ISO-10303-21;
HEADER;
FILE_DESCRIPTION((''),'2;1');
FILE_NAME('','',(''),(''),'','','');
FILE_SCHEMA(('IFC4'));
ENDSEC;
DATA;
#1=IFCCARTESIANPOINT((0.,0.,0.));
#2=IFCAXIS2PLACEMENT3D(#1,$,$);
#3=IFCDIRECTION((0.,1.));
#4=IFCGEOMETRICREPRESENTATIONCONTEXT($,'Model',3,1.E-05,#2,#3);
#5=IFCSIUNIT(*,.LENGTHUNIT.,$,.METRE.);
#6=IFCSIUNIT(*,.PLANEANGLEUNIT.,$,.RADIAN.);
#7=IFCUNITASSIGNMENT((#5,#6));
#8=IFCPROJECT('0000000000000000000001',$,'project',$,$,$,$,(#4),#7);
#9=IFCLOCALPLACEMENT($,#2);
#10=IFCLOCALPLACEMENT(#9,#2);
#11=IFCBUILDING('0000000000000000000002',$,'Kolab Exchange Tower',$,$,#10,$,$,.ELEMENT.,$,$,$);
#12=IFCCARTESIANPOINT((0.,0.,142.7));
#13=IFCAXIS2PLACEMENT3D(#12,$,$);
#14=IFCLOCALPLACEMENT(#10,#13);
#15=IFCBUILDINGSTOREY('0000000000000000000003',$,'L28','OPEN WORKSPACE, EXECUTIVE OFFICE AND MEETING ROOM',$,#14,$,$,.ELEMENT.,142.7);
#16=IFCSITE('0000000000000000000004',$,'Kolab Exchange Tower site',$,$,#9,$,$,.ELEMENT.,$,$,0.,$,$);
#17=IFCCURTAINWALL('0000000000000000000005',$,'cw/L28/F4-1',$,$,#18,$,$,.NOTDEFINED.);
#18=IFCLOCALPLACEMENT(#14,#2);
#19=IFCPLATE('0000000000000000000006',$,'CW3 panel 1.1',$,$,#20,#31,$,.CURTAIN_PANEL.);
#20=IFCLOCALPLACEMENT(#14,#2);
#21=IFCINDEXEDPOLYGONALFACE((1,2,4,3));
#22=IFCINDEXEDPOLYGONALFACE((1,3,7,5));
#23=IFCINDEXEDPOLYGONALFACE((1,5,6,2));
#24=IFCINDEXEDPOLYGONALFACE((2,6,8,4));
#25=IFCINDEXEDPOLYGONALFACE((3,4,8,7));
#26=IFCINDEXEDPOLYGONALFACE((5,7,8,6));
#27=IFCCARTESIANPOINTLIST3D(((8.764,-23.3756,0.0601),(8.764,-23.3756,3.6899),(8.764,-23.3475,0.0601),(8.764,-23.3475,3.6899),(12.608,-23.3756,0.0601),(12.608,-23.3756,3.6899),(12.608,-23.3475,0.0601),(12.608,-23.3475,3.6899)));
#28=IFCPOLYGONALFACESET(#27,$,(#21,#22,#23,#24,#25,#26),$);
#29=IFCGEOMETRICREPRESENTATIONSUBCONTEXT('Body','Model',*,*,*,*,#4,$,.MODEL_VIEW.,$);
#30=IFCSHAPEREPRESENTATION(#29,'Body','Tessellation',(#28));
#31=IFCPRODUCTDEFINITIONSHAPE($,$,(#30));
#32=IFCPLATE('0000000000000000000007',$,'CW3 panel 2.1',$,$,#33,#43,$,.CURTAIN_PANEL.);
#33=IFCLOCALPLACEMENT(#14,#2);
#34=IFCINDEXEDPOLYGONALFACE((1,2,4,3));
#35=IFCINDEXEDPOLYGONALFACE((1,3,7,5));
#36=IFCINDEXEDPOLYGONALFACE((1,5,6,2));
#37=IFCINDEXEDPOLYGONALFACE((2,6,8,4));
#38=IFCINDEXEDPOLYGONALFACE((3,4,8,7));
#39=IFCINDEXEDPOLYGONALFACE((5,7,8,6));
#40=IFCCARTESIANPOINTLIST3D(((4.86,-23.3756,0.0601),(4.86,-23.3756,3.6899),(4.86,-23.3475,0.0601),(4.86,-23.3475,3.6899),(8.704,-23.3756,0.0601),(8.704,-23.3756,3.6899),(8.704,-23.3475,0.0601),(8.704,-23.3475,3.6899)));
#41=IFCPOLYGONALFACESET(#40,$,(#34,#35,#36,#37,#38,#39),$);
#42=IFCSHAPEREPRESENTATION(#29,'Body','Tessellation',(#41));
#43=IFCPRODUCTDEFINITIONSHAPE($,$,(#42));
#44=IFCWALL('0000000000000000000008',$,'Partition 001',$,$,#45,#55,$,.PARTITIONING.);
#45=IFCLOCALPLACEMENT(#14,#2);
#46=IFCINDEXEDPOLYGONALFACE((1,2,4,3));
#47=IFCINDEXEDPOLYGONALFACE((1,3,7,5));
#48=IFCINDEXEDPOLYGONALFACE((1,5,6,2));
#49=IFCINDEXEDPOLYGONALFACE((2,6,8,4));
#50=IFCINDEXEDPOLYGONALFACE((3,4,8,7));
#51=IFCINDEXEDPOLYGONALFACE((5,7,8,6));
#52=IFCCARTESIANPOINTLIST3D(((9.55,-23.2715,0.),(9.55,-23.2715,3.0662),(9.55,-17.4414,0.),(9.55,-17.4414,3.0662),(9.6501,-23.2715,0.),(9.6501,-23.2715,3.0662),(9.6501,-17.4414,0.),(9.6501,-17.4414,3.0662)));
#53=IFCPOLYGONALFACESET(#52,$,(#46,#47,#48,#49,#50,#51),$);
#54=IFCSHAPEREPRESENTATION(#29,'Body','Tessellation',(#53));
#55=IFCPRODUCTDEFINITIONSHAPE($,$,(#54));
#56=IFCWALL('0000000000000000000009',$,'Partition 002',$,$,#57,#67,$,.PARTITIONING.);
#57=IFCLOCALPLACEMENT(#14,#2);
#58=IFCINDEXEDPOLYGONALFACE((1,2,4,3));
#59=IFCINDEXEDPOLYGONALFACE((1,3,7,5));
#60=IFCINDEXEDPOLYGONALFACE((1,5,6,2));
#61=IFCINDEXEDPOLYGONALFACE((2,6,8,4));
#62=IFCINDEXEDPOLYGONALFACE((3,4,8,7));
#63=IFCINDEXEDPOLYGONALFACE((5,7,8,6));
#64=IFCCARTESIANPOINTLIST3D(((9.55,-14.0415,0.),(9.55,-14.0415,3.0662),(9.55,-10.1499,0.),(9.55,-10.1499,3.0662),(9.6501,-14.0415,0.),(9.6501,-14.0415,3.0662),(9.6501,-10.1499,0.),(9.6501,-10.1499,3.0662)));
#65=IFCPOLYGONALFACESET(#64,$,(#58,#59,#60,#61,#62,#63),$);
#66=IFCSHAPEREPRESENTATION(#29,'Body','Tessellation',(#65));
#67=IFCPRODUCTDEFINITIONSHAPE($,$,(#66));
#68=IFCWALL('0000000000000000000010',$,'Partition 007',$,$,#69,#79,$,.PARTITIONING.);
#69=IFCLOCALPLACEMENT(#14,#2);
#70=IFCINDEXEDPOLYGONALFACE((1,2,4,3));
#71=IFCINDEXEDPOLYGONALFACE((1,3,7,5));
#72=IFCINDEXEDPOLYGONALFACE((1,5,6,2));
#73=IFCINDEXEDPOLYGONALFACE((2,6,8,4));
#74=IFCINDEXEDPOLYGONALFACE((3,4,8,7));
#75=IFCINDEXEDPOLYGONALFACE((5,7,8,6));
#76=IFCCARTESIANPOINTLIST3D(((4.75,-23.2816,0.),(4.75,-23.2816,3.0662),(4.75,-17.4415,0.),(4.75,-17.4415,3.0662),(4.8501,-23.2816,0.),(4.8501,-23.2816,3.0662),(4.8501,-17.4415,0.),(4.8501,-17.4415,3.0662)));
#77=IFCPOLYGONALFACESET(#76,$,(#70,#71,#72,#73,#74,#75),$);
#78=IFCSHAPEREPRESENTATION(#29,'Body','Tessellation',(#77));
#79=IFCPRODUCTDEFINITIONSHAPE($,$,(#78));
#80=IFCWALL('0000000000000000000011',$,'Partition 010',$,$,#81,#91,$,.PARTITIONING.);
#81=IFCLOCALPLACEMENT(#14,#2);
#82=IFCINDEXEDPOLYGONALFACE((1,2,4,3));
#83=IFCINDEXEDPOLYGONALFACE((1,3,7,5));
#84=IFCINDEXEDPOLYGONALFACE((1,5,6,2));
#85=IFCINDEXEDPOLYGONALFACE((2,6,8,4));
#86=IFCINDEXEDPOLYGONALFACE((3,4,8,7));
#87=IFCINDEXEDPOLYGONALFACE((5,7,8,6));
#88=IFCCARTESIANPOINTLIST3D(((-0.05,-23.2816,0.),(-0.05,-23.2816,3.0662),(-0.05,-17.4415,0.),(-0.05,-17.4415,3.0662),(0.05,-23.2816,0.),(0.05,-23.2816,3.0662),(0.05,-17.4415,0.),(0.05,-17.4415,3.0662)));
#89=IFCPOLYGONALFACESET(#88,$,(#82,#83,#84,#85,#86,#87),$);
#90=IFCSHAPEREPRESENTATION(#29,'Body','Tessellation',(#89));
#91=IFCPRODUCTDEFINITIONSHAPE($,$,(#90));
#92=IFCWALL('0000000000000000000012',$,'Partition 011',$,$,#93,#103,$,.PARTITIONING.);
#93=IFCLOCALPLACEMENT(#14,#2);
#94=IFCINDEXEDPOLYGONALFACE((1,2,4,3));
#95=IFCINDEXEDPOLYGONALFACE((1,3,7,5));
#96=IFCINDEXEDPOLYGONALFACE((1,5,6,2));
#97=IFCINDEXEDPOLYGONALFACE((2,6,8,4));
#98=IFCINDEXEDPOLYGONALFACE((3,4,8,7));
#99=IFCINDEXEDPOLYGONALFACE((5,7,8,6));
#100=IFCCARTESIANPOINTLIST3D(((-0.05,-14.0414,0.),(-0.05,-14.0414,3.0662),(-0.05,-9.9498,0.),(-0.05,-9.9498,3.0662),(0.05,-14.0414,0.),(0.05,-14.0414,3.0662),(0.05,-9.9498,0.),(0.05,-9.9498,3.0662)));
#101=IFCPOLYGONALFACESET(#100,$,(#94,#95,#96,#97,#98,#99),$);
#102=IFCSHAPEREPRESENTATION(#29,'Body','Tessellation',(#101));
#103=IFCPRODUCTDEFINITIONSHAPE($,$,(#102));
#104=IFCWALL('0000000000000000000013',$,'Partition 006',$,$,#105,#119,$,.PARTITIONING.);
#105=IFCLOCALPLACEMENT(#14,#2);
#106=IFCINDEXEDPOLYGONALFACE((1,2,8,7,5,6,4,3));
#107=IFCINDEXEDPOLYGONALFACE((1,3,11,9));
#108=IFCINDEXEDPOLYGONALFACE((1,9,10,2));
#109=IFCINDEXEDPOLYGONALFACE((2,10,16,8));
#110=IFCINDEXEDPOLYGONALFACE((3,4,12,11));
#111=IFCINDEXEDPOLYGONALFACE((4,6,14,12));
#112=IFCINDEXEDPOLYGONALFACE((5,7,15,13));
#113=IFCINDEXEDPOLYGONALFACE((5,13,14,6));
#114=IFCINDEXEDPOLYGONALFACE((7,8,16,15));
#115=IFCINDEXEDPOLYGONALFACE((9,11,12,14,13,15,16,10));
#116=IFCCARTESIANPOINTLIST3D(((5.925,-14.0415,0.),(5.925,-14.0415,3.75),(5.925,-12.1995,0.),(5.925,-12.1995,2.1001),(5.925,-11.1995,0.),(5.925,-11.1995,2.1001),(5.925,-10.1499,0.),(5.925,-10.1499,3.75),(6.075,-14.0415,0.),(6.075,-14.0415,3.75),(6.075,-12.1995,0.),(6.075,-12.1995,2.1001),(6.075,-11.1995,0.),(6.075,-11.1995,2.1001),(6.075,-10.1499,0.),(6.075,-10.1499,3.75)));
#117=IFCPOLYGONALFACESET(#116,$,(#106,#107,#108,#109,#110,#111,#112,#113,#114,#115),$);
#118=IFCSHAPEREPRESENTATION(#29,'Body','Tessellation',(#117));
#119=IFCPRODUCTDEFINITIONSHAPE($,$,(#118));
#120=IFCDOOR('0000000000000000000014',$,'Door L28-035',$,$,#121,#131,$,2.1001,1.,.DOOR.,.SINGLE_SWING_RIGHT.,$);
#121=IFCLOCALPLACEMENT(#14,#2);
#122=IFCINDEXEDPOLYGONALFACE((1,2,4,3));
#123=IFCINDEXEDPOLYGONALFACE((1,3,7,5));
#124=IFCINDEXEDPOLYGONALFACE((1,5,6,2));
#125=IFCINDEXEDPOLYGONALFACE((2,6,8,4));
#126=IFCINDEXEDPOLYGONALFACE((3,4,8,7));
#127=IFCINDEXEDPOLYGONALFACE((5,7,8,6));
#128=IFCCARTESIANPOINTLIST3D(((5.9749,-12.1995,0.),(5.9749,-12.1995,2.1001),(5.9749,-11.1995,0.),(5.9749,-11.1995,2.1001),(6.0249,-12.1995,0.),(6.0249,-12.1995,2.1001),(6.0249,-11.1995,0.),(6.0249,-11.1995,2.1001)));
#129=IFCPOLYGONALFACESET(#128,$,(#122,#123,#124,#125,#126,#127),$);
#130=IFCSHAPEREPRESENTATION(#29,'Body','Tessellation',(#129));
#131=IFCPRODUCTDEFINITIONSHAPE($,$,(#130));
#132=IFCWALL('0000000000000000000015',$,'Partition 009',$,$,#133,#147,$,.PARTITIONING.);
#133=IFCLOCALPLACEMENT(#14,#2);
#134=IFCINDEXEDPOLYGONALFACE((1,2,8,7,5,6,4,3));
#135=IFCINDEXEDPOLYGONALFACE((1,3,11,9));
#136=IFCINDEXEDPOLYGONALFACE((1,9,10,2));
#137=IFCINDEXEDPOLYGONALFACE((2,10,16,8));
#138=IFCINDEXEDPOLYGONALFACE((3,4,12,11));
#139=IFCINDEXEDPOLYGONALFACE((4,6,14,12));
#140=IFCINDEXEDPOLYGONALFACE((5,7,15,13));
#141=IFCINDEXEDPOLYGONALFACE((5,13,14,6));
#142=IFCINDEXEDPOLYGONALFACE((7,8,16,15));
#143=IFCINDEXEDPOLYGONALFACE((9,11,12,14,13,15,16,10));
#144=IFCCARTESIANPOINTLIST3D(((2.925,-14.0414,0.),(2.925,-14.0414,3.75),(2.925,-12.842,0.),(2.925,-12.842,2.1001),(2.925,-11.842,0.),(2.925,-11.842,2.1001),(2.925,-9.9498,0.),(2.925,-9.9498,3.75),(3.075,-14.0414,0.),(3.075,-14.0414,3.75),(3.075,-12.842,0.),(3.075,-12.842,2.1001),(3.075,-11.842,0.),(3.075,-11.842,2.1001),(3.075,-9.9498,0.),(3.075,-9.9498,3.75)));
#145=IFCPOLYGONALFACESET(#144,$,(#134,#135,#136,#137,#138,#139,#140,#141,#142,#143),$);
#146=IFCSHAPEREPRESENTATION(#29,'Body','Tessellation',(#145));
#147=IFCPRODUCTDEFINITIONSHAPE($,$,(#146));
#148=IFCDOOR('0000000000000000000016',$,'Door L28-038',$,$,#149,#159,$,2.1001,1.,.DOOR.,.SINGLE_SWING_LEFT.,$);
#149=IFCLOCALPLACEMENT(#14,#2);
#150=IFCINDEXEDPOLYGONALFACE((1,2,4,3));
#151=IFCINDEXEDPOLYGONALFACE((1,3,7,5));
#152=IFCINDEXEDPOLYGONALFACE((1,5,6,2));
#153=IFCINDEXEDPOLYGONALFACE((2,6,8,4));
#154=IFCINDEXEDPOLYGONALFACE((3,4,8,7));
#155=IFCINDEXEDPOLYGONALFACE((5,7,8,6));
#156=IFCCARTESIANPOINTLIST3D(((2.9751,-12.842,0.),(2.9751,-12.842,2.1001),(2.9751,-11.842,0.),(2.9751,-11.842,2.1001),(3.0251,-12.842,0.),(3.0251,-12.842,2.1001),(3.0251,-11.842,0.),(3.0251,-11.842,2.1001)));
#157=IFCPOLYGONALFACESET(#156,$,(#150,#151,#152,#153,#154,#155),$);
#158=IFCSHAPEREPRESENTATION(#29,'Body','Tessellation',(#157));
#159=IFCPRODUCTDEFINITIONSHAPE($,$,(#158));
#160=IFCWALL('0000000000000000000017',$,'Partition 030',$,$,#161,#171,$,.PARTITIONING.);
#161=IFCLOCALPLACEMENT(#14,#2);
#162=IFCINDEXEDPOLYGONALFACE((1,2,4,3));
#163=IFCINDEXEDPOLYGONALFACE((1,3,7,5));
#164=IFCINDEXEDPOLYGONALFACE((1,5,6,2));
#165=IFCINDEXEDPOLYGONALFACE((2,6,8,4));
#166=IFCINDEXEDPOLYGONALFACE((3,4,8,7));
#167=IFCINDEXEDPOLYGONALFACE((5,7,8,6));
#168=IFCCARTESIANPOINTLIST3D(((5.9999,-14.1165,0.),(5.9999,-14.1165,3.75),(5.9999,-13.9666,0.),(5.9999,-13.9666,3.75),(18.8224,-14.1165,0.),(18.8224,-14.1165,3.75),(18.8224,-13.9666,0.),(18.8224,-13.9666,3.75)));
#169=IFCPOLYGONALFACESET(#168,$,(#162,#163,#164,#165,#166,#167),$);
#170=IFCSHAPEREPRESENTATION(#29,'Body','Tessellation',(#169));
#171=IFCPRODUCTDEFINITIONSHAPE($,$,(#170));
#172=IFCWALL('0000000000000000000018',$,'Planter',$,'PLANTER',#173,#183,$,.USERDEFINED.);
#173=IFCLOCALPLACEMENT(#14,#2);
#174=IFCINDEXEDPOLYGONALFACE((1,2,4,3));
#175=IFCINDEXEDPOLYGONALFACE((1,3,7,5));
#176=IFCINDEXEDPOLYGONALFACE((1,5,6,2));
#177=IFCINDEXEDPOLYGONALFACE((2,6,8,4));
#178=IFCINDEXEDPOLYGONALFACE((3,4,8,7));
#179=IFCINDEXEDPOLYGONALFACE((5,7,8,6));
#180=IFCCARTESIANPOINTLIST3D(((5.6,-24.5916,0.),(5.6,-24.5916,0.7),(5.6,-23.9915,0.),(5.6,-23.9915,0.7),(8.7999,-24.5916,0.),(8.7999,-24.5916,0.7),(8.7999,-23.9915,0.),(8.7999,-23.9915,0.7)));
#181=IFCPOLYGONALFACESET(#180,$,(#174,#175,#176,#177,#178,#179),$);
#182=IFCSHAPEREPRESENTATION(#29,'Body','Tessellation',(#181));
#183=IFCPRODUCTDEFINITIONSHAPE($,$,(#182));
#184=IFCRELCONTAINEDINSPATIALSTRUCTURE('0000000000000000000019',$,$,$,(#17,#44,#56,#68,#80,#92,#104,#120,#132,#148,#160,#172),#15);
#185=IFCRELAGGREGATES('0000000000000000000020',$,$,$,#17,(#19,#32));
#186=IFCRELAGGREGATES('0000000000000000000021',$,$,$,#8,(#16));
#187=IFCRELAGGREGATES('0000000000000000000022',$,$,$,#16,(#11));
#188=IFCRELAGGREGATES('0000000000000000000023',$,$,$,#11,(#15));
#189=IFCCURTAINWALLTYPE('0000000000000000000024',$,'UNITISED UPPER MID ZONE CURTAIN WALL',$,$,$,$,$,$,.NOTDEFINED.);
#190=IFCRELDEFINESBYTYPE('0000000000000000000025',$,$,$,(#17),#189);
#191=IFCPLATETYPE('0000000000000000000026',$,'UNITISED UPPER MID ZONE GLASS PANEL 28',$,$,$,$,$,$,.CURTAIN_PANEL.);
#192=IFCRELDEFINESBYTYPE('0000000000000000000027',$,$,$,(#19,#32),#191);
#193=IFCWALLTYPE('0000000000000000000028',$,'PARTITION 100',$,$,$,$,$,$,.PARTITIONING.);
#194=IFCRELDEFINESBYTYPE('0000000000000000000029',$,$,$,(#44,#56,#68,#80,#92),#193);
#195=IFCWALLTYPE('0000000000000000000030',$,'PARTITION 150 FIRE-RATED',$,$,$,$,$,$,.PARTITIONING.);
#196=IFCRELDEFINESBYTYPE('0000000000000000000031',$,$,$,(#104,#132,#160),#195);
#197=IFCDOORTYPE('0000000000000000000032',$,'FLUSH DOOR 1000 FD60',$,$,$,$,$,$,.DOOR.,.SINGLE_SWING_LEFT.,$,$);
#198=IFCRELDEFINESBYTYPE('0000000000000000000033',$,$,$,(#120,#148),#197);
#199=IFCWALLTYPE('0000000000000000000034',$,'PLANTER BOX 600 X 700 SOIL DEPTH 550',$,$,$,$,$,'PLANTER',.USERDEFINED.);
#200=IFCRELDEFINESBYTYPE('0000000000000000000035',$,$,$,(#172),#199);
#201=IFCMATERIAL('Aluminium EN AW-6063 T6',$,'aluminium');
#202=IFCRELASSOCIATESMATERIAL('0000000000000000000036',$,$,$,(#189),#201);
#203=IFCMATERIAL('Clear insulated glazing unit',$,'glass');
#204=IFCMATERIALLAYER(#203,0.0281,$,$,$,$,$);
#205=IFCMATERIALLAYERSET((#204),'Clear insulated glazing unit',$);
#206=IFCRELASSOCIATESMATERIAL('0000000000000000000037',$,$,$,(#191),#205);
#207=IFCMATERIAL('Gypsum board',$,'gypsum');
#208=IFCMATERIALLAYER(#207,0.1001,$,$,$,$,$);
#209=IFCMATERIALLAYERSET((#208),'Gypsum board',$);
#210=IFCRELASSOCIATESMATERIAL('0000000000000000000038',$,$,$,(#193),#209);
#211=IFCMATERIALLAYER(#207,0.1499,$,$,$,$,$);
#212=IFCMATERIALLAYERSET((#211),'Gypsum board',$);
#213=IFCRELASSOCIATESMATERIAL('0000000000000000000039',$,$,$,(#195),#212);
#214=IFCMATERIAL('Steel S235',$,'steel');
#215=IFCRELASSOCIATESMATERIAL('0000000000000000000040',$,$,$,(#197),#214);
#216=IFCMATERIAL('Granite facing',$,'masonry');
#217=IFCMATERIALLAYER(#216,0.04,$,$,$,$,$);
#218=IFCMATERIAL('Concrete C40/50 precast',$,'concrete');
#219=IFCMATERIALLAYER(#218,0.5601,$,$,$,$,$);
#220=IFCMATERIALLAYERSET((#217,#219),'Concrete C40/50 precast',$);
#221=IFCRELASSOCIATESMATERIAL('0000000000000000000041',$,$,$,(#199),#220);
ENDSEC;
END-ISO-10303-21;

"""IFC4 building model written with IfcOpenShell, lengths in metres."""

from ifc_helpers import new_model, si_unit, direction, frame, frame_2d, origin, origin_2d, place, context, subcontext, project, spatial, rectangle, extrude, material, layer, layer_set, type_object, element, fill, aggregate, save


model = new_model("IFC4")

# Units and contexts
model_context = context("Model", 3, precision=1e-05, world=origin(), true_north=direction((0.0, 1.0)))
body_context = subcontext(model_context, "Body", "Model", "MODEL_VIEW")
ifc_project = project(units=[si_unit("LENGTHUNIT", "METRE"), si_unit("PLANEANGLEUNIT", "RADIAN")], contexts=[model_context])

# Site, building, storey
site_placement = place(None, origin())
site = spatial("IfcSite", under=ifc_project, at=site_placement, Name="Kolab Exchange Tower site", CompositionType="ELEMENT", RefElevation=0.0)
building_placement = place(site_placement, origin())
building = spatial("IfcBuilding", under=site, at=building_placement, Name="Kolab Exchange Tower", CompositionType="ELEMENT")
storey_placement = place(building_placement, frame((0.0, 0.0, 142.7)))
storey = spatial("IfcBuildingStorey", under=building, at=storey_placement, Name="L28", Description="OPEN WORKSPACE, EXECUTIVE OFFICE AND MEETING ROOM", CompositionType="ELEMENT", Elevation=142.7)

# Curtain wall, plates
ifc_material_1 = material(Name="Aluminium EN AW-6063 T6", Category="aluminium")
curtain_wall_type = type_object("IfcCurtainWallType", Name="UNITISED UPPER MID ZONE CURTAIN WALL", PredefinedType="NOTDEFINED", material=ifc_material_1)
curtain_wall_placement = place(storey_placement, origin())
curtain_wall = element("IfcCurtainWall", 1, at=curtain_wall_placement, inside=storey, type_object=curtain_wall_type, Name="cw/L28/F4-1", PredefinedType="NOTDEFINED")
ifc_material_2 = material(Name="Clear insulated glazing unit", Category="glass")
ifc_layer_1 = layer(ifc_material_2, 0.0281)
ifc_layer_set_1 = layer_set([ifc_layer_1], Name="Clear insulated glazing unit")
plate_type = type_object("IfcPlateType", Name="UNITISED UPPER MID ZONE GLASS PANEL 28", PredefinedType="CURTAIN_PANEL", material=ifc_layer_set_1)
plate_1_placement = place(storey_placement, frame((10.686, -23.3616, 0.0601), z_axis=(0.0, 0.0, 1.0), x_axis=(-1.0, 0.0, 0.0)))
plate_1 = element("IfcPlate", 2, at=plate_1_placement, type_object=plate_type, Name="CW3 panel 1.1", PredefinedType="CURTAIN_PANEL", context=body_context, shape_type="SweptSolid", body=[
    extrude(rectangle(XDim=3.844, YDim=0.0281, at=origin_2d()), origin(), (0.0, 0.0, 1.0), 3.6299),
])
plate_2_placement = place(storey_placement, frame((6.782, -23.3616, 0.0601), z_axis=(0.0, 0.0, 1.0), x_axis=(-1.0, 0.0, 0.0)))
plate_2 = element("IfcPlate", 3, at=plate_2_placement, type_object=plate_type, Name="CW3 panel 2.1", PredefinedType="CURTAIN_PANEL", context=body_context, shape_type="SweptSolid", body=[
    extrude(rectangle(XDim=3.844, YDim=0.0281, at=origin_2d()), origin(), (0.0, 0.0, 1.0), 3.6299),
])
aggregate(curtain_wall, [plate_1, plate_2])

# Walls
ifc_material_3 = material(Name="Gypsum board", Category="gypsum")
ifc_layer_2 = layer(ifc_material_3, 0.1001)
ifc_layer_set_2 = layer_set([ifc_layer_2], Name="Gypsum board")
wall_type_1 = type_object("IfcWallType", Name="PARTITION 100", PredefinedType="PARTITIONING", material=ifc_layer_set_2)
wall_1_placement = place(storey_placement, frame((9.6001, -23.2715, 0.0), z_axis=(0.0, 0.0, 1.0), x_axis=(0.0, 1.0, 0.0)))
element("IfcWall", 4, at=wall_1_placement, inside=storey, type_object=wall_type_1, Name="Partition 001", PredefinedType="PARTITIONING", context=body_context, shape_type="SweptSolid", body=[
    extrude(rectangle(XDim=5.8301, YDim=0.1001, at=frame_2d((2.915, 0.0))), origin(), (0.0, 0.0, 1.0), 3.0662),
])
wall_2_placement = place(storey_placement, frame((9.6001, -14.0415, 0.0), z_axis=(0.0, 0.0, 1.0), x_axis=(0.0, 1.0, 0.0)))
element("IfcWall", 5, at=wall_2_placement, inside=storey, type_object=wall_type_1, Name="Partition 002", PredefinedType="PARTITIONING", context=body_context, shape_type="SweptSolid", body=[
    extrude(rectangle(XDim=3.8916, YDim=0.1001, at=frame_2d((1.9458, 0.0))), origin(), (0.0, 0.0, 1.0), 3.0662),
])
for number, where, z_axis, x_axis, name in (
    (6, (4.8, -23.2815, 0.0), (0.0, 0.0, 1.0), (0.0, 1.0, 0.0), "Partition 007"),
    (7, (0.0, -23.2815, 0.0), (0.0, 0.0, 1.0), (0.0, 1.0, 0.0), "Partition 010"),
):
    element("IfcWall", number, at=place(storey_placement, frame(where, z_axis=z_axis, x_axis=x_axis)), inside=storey, type_object=wall_type_1, Name=name, PredefinedType="PARTITIONING", context=body_context, shape_type="SweptSolid", body=[
        extrude(rectangle(XDim=5.8401, YDim=0.1001, at=frame_2d((2.9199, 0.0))), origin(), (0.0, 0.0, 1.0), 3.0662),
    ])
wall_3_placement = place(storey_placement, frame((0.0, -14.0415, 0.0), z_axis=(0.0, 0.0, 1.0), x_axis=(0.0, 1.0, 0.0)))
element("IfcWall", 8, at=wall_3_placement, inside=storey, type_object=wall_type_1, Name="Partition 011", PredefinedType="PARTITIONING", context=body_context, shape_type="SweptSolid", body=[
    extrude(rectangle(XDim=4.0916, YDim=0.1001, at=frame_2d((2.0459, 0.0))), origin(), (0.0, 0.0, 1.0), 3.0662),
])

# Walls, openings, doors
ifc_layer_3 = layer(ifc_material_3, 0.1499)
ifc_layer_set_3 = layer_set([ifc_layer_3], Name="Gypsum board")
wall_type_2 = type_object("IfcWallType", Name="PARTITION 150 FIRE-RATED", PredefinedType="PARTITIONING", material=ifc_layer_set_3)
wall_4_placement = place(storey_placement, frame((6.0, -14.0415, 0.0), z_axis=(0.0, 0.0, 1.0), x_axis=(0.0, 1.0, 0.0)))
wall_4 = element("IfcWall", 9, at=wall_4_placement, inside=storey, type_object=wall_type_2, Name="Partition 006", PredefinedType="PARTITIONING", context=body_context, shape_type="SweptSolid", body=[
    extrude(rectangle(XDim=3.8916, YDim=0.1499, at=frame_2d((1.9458, 0.0))), origin(), (0.0, 0.0, 1.0), 3.75),
])
opening_1_placement = place(wall_4_placement, frame((1.842, 0.0, 0.0)))
opening_1 = element("IfcOpeningElement", 10, at=opening_1_placement, cuts=wall_4, PredefinedType="OPENING", context=body_context, shape_type="SweptSolid", body=[
    extrude(rectangle(XDim=1.0, YDim=2.1001, at=frame_2d((0.5, 1.05))), frame((0.0, 0.085, 0.0), z_axis=(0.0, -1.0, 0.0), x_axis=(1.0, 0.0, 0.0)), (0.0, 0.0, 1.0), 0.1699),
])
ifc_material_4 = material(Name="Steel S235", Category="steel")
door_type_1 = type_object("IfcDoorType", Name="FLUSH DOOR 1000 FD60", OperationType="SINGLE_SWING_LEFT", PredefinedType="DOOR", material=ifc_material_4)
door_1_placement = place(opening_1_placement, frame((1.0, 0.0, 0.0), z_axis=(0.0, 0.0, 1.0), x_axis=(-1.0, 0.0, 0.0)))
door_1 = element("IfcDoor", 11, at=door_1_placement, inside=storey, type_object=door_type_1, Name="Door L28-035", OperationType="SINGLE_SWING_RIGHT", OverallHeight=2.1001, OverallWidth=1.0, PredefinedType="DOOR", context=body_context, shape_type="SweptSolid", body=[
    extrude(rectangle(XDim=1.0, YDim=2.1001, at=frame_2d((0.5, 1.05))), frame((0.0, 0.0249, 0.0), z_axis=(0.0, -1.0, 0.0), x_axis=(1.0, 0.0, 0.0)), (0.0, 0.0, 1.0), 0.05),
])
fill(opening_1, door_1)
wall_5_placement = place(storey_placement, frame((3.0, -14.0415, 0.0), z_axis=(0.0, 0.0, 1.0), x_axis=(0.0, 1.0, 0.0)))
wall_5 = element("IfcWall", 12, at=wall_5_placement, inside=storey, type_object=wall_type_2, Name="Partition 009", PredefinedType="PARTITIONING", context=body_context, shape_type="SweptSolid", body=[
    extrude(rectangle(XDim=4.0916, YDim=0.1499, at=frame_2d((2.0459, 0.0))), origin(), (0.0, 0.0, 1.0), 3.75),
])
opening_2_placement = place(wall_5_placement, frame((1.1995, 0.0, 0.0)))
opening_2 = element("IfcOpeningElement", 13, at=opening_2_placement, cuts=wall_5, PredefinedType="OPENING", context=body_context, shape_type="SweptSolid", body=[
    extrude(rectangle(XDim=1.0, YDim=2.1001, at=frame_2d((0.5, 1.05))), frame((0.0, 0.085, 0.0), z_axis=(0.0, -1.0, 0.0), x_axis=(1.0, 0.0, 0.0)), (0.0, 0.0, 1.0), 0.1699),
])
door_2_placement = place(opening_2_placement, origin())
door_2 = element("IfcDoor", 14, at=door_2_placement, inside=storey, type_object=door_type_1, Name="Door L28-038", OperationType="SINGLE_SWING_LEFT", OverallHeight=2.1001, OverallWidth=1.0, PredefinedType="DOOR", context=body_context, shape_type="SweptSolid", body=[
    extrude(rectangle(XDim=1.0, YDim=2.1001, at=frame_2d((0.5, 1.05))), frame((0.0, 0.0249, 0.0), z_axis=(0.0, -1.0, 0.0), x_axis=(1.0, 0.0, 0.0)), (0.0, 0.0, 1.0), 0.05),
])
fill(opening_2, door_2)

# Walls
wall_6_placement = place(storey_placement, frame((6.0, -14.0415, 0.0), z_axis=(0.0, 0.0, 1.0), x_axis=(1.0, 0.0, 0.0)))
element("IfcWall", 15, at=wall_6_placement, inside=storey, type_object=wall_type_2, Name="Partition 030", PredefinedType="PARTITIONING", context=body_context, shape_type="SweptSolid", body=[
    extrude(rectangle(XDim=12.8225, YDim=0.1499, at=frame_2d((6.4111, 0.0))), origin(), (0.0, 0.0, 1.0), 3.75),
])
ifc_material_5 = material(Name="Granite facing", Category="masonry")
ifc_layer_4 = layer(ifc_material_5, 0.04)
ifc_material_6 = material(Name="Concrete C40/50 precast", Category="concrete")
ifc_layer_5 = layer(ifc_material_6, 0.5601)
ifc_layer_set_4 = layer_set([ifc_layer_4, ifc_layer_5], Name="Concrete C40/50 precast")
wall_type_3 = type_object("IfcWallType", Name="PLANTER BOX 600 X 700 SOIL DEPTH 550", ElementType="PLANTER", PredefinedType="USERDEFINED", material=ifc_layer_set_4)
wall_7_placement = place(storey_placement, frame((8.8, -24.2915, 0.0), z_axis=(0.0, 0.0, 1.0), x_axis=(-1.0, 0.0, 0.0)))
element("IfcWall", 16, at=wall_7_placement, inside=storey, type_object=wall_type_3, Name="Planter", ObjectType="PLANTER", PredefinedType="USERDEFINED", context=body_context, shape_type="SweptSolid", body=[
    extrude(rectangle(XDim=3.2, YDim=0.6001, at=frame_2d((1.6001, 0.0))), origin(), (0.0, 0.0, 1.0), 0.7),
])

save(model, "model.ifc")
